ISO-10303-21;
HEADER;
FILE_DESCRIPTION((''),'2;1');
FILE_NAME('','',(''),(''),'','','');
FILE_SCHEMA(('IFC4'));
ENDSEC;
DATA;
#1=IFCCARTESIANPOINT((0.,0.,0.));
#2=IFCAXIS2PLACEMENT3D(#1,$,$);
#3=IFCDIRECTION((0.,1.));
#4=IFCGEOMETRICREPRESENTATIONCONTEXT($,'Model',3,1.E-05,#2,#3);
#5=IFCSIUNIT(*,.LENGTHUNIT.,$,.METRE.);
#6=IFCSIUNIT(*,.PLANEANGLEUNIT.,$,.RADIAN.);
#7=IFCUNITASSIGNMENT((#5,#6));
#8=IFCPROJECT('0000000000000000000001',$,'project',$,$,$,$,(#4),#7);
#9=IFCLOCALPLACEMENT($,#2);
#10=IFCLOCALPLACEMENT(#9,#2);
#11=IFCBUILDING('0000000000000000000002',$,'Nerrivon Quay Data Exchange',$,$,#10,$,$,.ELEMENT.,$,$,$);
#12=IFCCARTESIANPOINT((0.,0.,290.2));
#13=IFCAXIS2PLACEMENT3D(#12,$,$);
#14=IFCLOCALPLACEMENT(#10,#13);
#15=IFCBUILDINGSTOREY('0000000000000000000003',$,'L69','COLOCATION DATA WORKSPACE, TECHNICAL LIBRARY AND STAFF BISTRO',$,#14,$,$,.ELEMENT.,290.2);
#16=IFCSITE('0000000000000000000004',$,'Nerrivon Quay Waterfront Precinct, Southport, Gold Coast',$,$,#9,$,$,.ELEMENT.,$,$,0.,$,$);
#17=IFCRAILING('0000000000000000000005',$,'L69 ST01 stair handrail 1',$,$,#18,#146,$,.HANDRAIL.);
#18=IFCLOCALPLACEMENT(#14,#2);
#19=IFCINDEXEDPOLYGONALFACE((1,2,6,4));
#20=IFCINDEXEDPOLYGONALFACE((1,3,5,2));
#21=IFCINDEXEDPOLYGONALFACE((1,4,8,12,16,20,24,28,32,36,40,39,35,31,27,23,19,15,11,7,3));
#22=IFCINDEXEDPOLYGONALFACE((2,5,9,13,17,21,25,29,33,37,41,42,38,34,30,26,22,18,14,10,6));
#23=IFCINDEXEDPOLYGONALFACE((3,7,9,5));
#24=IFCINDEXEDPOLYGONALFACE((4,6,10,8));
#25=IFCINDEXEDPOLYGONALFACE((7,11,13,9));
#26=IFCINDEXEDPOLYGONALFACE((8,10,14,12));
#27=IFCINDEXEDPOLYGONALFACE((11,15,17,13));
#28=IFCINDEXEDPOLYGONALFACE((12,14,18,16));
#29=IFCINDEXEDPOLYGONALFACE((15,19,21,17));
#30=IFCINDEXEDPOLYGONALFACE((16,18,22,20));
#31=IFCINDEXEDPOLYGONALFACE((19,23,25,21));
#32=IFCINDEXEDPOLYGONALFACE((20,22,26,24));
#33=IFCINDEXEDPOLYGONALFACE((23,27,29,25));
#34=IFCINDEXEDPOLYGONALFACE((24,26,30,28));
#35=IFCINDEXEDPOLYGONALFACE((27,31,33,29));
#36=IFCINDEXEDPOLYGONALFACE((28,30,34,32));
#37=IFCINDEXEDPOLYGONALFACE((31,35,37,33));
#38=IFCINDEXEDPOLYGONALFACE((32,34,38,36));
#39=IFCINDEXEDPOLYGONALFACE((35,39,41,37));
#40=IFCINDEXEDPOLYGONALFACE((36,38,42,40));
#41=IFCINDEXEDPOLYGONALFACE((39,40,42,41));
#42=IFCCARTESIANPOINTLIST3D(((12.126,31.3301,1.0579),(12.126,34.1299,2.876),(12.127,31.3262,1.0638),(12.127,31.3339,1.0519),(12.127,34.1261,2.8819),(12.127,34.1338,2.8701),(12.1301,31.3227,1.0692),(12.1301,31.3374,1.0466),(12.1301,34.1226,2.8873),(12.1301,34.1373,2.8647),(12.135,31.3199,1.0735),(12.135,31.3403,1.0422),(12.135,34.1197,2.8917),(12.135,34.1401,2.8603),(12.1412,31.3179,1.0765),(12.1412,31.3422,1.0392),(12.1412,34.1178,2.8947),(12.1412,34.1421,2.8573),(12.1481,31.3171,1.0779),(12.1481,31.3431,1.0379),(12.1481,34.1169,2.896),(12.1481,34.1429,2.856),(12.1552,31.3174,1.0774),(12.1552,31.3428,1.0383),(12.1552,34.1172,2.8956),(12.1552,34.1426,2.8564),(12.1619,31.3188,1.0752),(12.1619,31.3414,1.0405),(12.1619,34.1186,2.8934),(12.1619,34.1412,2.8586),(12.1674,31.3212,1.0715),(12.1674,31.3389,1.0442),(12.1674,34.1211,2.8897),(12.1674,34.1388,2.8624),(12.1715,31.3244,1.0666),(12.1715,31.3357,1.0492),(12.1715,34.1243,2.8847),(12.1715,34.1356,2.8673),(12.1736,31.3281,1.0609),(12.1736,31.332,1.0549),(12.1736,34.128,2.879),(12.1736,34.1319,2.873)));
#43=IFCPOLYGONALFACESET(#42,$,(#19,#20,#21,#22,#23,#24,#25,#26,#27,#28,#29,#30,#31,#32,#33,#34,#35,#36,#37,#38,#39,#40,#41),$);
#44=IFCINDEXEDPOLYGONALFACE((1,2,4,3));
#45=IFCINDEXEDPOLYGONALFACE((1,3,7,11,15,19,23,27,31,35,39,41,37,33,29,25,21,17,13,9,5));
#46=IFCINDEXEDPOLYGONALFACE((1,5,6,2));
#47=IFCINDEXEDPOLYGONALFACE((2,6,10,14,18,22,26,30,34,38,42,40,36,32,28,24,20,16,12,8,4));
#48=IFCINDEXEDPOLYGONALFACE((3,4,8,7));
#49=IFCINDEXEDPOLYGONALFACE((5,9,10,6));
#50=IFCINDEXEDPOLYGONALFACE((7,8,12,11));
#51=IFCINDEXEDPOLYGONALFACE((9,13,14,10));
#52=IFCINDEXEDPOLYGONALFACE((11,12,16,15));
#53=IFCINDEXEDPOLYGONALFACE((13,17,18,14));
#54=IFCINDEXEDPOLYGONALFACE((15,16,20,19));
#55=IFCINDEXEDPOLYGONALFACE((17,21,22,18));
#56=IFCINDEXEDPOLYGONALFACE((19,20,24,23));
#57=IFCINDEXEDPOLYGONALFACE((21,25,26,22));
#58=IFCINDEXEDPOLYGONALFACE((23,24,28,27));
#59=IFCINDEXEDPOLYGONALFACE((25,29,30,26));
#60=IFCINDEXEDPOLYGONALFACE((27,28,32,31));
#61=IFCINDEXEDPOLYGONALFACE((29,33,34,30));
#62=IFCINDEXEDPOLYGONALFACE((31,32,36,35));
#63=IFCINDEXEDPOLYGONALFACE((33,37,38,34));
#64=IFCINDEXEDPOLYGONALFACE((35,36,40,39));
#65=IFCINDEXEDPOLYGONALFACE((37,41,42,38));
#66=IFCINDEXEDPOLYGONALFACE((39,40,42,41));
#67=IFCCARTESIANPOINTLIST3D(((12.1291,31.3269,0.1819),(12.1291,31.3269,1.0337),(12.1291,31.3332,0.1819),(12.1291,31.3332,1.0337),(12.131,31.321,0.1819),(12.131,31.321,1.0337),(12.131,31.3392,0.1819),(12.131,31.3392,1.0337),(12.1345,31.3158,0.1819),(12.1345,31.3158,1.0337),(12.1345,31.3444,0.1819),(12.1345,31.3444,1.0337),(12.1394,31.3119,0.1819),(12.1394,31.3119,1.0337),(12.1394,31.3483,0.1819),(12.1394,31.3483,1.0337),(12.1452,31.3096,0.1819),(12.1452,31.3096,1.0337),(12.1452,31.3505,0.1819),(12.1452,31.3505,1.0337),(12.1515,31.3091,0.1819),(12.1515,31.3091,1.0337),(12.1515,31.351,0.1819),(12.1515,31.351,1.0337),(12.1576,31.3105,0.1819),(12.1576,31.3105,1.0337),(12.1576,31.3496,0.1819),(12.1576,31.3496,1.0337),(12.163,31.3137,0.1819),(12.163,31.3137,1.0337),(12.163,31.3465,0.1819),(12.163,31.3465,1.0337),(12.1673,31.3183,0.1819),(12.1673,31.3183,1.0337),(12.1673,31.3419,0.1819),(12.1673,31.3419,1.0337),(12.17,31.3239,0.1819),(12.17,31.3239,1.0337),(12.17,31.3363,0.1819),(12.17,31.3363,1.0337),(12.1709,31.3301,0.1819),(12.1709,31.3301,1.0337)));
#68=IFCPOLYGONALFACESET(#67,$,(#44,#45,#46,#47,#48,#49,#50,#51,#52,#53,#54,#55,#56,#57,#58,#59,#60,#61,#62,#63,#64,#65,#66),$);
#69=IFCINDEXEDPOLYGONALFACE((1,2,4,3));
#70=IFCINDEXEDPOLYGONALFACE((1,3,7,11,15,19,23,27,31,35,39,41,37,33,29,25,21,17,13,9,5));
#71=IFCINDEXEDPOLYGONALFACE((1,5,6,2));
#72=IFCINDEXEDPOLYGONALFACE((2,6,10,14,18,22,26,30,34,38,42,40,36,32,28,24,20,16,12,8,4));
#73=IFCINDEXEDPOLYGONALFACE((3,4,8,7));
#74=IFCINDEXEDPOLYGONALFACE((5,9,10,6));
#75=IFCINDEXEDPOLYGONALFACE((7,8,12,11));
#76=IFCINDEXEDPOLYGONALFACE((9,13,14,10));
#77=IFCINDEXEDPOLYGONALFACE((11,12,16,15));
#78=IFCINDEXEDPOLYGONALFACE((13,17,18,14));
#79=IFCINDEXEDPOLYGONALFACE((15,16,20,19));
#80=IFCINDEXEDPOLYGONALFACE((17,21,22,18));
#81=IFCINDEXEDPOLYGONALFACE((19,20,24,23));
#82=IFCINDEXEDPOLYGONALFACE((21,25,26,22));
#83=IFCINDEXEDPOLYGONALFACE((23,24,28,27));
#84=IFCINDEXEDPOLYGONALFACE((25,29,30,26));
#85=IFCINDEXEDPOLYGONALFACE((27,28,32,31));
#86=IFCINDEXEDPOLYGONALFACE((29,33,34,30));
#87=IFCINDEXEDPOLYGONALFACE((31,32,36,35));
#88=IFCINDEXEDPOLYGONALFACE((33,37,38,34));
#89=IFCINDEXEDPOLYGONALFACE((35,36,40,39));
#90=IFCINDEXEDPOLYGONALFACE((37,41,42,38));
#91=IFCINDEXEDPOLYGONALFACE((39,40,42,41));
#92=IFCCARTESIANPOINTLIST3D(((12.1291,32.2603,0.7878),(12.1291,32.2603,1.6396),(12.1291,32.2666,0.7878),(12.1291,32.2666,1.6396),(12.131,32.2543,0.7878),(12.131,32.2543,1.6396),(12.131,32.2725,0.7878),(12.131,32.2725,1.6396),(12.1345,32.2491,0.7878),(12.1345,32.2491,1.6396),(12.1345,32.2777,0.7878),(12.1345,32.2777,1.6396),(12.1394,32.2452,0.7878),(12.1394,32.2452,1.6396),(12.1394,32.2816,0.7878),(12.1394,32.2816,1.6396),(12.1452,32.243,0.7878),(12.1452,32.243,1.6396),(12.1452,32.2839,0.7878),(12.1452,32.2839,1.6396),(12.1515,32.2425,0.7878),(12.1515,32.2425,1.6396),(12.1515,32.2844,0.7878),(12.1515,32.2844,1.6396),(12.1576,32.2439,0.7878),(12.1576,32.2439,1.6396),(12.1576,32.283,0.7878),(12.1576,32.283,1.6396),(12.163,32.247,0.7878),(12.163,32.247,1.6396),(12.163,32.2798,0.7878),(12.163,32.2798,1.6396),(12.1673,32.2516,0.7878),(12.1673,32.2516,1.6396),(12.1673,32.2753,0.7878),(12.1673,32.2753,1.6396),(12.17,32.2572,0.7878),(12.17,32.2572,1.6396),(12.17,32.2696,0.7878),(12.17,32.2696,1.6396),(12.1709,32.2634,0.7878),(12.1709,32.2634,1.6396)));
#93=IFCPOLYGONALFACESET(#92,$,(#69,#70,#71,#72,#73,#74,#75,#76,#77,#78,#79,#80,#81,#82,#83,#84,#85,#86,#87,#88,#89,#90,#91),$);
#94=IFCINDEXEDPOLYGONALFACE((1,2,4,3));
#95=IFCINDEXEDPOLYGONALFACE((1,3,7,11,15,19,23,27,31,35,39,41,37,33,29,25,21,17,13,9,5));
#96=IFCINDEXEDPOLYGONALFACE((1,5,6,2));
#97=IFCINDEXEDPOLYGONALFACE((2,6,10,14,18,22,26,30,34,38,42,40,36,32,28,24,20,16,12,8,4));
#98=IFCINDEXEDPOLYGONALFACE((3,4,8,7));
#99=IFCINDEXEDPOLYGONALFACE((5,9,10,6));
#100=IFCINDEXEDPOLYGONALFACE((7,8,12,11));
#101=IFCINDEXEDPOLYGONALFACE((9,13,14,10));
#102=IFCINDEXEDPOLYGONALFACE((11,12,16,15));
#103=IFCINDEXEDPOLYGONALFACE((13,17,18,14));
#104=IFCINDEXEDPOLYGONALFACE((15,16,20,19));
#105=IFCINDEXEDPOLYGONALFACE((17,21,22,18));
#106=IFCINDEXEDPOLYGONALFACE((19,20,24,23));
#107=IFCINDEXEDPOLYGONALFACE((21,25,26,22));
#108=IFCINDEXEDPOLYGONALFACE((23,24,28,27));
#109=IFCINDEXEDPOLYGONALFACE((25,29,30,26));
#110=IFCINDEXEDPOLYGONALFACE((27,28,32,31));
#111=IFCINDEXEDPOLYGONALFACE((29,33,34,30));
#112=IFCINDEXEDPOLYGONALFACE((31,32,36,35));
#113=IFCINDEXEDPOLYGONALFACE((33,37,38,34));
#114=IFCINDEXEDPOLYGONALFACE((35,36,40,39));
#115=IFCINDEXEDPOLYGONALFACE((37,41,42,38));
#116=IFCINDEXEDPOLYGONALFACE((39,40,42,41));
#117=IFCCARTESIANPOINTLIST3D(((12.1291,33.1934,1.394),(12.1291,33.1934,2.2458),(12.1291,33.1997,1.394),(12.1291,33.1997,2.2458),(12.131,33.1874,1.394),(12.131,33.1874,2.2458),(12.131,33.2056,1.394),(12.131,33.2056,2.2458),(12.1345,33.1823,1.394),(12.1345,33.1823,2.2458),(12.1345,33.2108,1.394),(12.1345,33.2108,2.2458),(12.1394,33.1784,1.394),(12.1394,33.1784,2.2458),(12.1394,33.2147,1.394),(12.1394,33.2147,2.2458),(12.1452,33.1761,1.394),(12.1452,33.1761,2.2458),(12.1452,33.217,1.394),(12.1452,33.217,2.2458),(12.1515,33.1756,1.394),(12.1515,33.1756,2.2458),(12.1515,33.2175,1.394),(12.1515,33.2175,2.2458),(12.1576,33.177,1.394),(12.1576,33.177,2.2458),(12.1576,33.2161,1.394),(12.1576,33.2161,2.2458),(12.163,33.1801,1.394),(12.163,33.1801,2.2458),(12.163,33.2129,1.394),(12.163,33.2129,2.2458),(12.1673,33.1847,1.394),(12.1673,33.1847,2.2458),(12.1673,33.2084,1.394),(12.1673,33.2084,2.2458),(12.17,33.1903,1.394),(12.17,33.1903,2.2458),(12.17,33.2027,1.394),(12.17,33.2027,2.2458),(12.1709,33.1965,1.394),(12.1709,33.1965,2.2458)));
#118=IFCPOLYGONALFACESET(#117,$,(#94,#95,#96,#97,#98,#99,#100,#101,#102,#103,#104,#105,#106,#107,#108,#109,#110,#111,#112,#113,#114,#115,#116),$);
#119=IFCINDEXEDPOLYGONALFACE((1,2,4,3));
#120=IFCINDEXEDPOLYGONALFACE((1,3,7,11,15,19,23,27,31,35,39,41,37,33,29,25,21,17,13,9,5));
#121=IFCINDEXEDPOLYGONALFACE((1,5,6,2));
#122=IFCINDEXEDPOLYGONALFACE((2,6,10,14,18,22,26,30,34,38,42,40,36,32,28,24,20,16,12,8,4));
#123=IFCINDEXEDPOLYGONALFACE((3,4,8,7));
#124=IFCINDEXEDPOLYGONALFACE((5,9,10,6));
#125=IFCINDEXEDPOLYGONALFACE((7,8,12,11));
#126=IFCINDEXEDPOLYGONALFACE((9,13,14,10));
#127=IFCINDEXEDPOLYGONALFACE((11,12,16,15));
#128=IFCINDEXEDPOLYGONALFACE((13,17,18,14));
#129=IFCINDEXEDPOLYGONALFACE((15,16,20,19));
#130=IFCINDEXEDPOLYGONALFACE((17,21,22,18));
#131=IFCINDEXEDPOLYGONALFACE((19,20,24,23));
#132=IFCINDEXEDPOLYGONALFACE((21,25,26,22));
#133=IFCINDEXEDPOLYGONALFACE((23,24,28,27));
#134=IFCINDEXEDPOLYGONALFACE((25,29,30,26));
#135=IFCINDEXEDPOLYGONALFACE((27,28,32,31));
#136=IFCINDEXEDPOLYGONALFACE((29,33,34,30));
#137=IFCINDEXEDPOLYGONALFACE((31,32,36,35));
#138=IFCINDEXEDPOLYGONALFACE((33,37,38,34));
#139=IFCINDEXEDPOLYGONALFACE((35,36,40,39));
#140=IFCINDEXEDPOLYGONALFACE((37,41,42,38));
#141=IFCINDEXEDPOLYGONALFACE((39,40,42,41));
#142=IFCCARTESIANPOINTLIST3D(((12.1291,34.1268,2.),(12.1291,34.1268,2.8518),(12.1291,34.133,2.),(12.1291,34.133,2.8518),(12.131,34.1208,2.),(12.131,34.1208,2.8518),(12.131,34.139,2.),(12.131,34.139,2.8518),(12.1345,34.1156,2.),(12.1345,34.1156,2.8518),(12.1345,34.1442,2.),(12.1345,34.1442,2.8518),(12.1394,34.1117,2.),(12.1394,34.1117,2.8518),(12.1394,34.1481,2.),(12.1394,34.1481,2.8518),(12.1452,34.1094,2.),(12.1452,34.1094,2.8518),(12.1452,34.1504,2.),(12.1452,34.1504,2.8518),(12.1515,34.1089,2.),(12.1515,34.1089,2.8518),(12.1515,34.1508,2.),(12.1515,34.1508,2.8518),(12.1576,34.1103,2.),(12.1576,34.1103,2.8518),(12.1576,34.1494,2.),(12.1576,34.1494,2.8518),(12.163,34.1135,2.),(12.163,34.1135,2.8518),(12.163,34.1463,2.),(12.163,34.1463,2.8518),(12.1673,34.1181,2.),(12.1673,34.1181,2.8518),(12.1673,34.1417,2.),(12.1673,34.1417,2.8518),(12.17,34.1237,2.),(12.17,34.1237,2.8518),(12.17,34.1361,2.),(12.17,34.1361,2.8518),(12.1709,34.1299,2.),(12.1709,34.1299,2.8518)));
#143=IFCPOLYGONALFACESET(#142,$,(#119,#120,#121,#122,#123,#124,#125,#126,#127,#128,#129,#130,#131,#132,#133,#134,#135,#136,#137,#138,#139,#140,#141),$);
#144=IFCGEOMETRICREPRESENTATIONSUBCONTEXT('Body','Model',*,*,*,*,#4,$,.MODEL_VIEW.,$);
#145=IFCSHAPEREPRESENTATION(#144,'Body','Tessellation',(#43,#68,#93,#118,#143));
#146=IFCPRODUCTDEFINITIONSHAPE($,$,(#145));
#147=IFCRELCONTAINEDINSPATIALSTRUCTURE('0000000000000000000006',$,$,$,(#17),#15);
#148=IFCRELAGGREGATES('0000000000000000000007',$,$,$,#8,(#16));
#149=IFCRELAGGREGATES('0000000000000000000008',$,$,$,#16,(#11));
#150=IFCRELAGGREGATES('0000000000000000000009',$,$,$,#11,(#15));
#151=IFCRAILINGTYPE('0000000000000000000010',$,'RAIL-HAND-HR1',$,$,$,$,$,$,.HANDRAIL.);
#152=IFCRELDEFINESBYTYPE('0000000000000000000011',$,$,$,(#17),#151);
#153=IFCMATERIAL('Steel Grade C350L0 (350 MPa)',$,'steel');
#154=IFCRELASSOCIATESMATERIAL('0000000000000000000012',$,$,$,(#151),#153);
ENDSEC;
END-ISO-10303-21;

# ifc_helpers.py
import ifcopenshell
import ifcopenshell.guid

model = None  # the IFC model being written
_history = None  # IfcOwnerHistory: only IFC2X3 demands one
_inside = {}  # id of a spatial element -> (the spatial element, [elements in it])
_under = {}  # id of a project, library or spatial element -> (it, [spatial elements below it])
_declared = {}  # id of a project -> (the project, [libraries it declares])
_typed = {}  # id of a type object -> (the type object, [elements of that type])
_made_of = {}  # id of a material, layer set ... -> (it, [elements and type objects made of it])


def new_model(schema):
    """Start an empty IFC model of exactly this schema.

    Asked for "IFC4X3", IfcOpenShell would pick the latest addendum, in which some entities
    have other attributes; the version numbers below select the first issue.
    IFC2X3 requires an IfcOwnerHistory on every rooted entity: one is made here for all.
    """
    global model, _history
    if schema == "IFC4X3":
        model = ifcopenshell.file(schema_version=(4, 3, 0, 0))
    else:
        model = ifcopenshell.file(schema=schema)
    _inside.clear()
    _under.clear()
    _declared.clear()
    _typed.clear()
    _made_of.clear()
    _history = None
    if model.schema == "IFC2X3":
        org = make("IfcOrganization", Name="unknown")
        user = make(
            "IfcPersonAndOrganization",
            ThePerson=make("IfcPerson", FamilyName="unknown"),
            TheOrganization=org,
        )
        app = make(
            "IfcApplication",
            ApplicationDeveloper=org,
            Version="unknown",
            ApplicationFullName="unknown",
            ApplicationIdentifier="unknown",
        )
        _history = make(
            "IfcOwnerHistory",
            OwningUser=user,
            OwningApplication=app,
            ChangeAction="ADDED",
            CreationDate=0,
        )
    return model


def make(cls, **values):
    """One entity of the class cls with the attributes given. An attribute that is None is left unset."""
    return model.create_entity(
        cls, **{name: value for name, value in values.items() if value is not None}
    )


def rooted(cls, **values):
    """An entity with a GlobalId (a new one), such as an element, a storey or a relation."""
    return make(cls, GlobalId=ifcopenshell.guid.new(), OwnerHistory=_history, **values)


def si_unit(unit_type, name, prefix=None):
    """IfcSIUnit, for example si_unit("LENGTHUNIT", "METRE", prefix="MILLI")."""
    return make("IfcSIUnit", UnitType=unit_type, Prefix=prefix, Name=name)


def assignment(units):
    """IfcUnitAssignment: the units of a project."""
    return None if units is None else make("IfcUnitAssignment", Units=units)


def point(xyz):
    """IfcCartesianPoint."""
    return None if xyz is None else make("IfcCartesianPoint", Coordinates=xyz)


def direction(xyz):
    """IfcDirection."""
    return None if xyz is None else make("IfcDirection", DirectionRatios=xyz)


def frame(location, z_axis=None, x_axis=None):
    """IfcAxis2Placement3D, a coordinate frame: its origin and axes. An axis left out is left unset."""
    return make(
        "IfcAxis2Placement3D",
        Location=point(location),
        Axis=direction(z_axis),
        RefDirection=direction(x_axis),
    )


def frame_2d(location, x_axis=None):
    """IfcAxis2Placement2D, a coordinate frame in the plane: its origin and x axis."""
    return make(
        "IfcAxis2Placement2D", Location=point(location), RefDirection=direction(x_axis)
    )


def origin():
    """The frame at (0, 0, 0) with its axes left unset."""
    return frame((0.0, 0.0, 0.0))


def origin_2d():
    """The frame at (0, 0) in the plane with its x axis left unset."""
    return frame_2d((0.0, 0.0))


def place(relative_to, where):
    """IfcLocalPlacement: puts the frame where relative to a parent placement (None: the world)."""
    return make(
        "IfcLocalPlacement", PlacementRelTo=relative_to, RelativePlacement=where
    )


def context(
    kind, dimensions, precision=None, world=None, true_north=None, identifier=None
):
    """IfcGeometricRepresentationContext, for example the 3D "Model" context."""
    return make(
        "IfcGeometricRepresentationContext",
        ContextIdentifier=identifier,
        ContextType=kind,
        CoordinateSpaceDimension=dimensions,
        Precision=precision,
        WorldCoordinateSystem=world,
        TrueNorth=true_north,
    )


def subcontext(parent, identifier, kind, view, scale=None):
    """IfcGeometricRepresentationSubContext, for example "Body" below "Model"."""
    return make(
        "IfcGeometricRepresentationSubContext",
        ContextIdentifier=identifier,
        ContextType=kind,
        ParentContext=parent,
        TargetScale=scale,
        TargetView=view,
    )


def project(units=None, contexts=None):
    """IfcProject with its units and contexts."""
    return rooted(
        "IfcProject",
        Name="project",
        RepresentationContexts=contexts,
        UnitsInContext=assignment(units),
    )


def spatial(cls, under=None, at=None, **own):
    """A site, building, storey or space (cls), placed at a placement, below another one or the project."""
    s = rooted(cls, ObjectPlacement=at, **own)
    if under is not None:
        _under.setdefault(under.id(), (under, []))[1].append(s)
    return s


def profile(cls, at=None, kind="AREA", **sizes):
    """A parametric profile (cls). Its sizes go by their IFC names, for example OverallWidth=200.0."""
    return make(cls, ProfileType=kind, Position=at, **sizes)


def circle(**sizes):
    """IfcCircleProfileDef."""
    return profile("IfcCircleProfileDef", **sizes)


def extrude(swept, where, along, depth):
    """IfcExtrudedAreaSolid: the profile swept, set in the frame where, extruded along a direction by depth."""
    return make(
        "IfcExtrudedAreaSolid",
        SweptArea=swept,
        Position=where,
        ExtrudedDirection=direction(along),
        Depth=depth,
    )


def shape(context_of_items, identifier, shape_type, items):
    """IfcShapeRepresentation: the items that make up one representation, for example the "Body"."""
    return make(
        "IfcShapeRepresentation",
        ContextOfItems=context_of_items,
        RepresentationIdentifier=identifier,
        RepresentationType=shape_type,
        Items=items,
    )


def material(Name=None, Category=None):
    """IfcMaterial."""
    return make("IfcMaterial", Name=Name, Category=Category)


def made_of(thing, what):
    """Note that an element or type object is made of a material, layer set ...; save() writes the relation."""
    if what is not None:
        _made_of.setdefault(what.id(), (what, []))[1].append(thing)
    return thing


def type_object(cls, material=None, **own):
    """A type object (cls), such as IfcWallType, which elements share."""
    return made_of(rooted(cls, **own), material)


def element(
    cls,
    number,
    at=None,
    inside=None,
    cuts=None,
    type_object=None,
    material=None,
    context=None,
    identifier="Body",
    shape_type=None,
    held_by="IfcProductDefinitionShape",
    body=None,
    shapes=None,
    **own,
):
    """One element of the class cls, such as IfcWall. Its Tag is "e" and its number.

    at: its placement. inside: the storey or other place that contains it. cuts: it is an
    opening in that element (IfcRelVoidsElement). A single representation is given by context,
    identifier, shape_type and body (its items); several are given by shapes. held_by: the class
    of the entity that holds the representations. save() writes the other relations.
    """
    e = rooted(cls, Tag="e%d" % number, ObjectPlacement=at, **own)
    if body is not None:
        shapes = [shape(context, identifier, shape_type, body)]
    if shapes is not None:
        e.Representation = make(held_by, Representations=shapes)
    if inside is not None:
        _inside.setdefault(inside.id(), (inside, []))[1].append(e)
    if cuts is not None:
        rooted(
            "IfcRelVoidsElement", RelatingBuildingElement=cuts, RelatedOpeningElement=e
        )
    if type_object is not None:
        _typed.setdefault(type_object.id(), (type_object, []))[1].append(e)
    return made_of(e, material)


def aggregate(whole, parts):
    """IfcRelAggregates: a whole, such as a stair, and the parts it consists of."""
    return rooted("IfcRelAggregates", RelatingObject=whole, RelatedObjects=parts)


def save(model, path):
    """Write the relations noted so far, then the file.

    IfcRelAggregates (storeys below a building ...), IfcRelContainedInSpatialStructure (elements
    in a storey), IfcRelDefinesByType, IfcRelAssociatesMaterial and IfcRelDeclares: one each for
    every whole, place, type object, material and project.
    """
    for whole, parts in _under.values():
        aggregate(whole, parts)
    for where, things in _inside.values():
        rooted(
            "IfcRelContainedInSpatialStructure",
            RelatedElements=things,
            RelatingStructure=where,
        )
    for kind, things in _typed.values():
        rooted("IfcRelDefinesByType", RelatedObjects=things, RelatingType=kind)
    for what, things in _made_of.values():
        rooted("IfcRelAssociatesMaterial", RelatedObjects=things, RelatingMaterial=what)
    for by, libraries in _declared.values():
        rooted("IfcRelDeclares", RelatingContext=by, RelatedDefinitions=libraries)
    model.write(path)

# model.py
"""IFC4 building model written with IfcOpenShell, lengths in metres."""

from ifc_helpers import new_model, si_unit, direction, frame, origin, origin_2d, place, context, subcontext, project, spatial, circle, extrude, material, type_object, element, save


model = new_model("IFC4")

# Units and contexts
model_context = context("Model", 3, precision=1e-05, world=origin(), true_north=direction((0.0, 1.0)))
body_context = subcontext(model_context, "Body", "Model", "MODEL_VIEW")
ifc_project = project(units=[si_unit("LENGTHUNIT", "METRE"), si_unit("PLANEANGLEUNIT", "RADIAN")], contexts=[model_context])

# Site, building, storey
site_placement = place(None, origin())
site = spatial("IfcSite", under=ifc_project, at=site_placement, Name="Nerrivon Quay Waterfront Precinct, Southport, Gold Coast", CompositionType="ELEMENT", RefElevation=0.0)
building_placement = place(site_placement, origin())
building = spatial("IfcBuilding", under=site, at=building_placement, Name="Nerrivon Quay Data Exchange", CompositionType="ELEMENT")
storey_placement = place(building_placement, frame((0.0, 0.0, 290.2)))
storey = spatial("IfcBuildingStorey", under=building, at=storey_placement, Name="L69", Description="COLOCATION DATA WORKSPACE, TECHNICAL LIBRARY AND STAFF BISTRO", CompositionType="ELEMENT", Elevation=290.2)

# Railing
ifc_material_1 = material(Name="Steel Grade C350L0 (350 MPa)", Category="steel")
railing_type_1 = type_object("IfcRailingType", Name="RAIL-HAND-HR1", PredefinedType="HANDRAIL", material=ifc_material_1)
railing_1_placement = place(storey_placement, frame((12.1499, 31.3301, 0.1819)))
element("IfcRailing", 1, at=railing_1_placement, inside=storey, type_object=railing_type_1, Name="L69 ST01 stair handrail 1", PredefinedType="HANDRAIL", context=body_context, shape_type="SweptSolid", body=[
    extrude(circle(Radius=0.0239, at=origin_2d()), frame((0.0, 0.0, 0.876), z_axis=(0.0, 0.838684, 0.544618), x_axis=(-1.0, 0.0, 0.0)), (0.0, 0.0, 1.0), 3.3384),
    extrude(circle(Radius=0.021, at=origin_2d()), origin(), (0.0, 0.0, 1.0), 0.8518),
    extrude(circle(Radius=0.021, at=origin_2d()), frame((0.0, 0.9333, 0.606)), (0.0, 0.0, 1.0), 0.8518),
    extrude(circle(Radius=0.021, at=origin_2d()), frame((0.0, 1.8665, 1.2122)), (0.0, 0.0, 1.0), 0.8518),
    extrude(circle(Radius=0.021, at=origin_2d()), frame((0.0, 2.7998, 1.8181)), (0.0, 0.0, 1.0), 0.8518),
])

save(model, "model.ifc")
